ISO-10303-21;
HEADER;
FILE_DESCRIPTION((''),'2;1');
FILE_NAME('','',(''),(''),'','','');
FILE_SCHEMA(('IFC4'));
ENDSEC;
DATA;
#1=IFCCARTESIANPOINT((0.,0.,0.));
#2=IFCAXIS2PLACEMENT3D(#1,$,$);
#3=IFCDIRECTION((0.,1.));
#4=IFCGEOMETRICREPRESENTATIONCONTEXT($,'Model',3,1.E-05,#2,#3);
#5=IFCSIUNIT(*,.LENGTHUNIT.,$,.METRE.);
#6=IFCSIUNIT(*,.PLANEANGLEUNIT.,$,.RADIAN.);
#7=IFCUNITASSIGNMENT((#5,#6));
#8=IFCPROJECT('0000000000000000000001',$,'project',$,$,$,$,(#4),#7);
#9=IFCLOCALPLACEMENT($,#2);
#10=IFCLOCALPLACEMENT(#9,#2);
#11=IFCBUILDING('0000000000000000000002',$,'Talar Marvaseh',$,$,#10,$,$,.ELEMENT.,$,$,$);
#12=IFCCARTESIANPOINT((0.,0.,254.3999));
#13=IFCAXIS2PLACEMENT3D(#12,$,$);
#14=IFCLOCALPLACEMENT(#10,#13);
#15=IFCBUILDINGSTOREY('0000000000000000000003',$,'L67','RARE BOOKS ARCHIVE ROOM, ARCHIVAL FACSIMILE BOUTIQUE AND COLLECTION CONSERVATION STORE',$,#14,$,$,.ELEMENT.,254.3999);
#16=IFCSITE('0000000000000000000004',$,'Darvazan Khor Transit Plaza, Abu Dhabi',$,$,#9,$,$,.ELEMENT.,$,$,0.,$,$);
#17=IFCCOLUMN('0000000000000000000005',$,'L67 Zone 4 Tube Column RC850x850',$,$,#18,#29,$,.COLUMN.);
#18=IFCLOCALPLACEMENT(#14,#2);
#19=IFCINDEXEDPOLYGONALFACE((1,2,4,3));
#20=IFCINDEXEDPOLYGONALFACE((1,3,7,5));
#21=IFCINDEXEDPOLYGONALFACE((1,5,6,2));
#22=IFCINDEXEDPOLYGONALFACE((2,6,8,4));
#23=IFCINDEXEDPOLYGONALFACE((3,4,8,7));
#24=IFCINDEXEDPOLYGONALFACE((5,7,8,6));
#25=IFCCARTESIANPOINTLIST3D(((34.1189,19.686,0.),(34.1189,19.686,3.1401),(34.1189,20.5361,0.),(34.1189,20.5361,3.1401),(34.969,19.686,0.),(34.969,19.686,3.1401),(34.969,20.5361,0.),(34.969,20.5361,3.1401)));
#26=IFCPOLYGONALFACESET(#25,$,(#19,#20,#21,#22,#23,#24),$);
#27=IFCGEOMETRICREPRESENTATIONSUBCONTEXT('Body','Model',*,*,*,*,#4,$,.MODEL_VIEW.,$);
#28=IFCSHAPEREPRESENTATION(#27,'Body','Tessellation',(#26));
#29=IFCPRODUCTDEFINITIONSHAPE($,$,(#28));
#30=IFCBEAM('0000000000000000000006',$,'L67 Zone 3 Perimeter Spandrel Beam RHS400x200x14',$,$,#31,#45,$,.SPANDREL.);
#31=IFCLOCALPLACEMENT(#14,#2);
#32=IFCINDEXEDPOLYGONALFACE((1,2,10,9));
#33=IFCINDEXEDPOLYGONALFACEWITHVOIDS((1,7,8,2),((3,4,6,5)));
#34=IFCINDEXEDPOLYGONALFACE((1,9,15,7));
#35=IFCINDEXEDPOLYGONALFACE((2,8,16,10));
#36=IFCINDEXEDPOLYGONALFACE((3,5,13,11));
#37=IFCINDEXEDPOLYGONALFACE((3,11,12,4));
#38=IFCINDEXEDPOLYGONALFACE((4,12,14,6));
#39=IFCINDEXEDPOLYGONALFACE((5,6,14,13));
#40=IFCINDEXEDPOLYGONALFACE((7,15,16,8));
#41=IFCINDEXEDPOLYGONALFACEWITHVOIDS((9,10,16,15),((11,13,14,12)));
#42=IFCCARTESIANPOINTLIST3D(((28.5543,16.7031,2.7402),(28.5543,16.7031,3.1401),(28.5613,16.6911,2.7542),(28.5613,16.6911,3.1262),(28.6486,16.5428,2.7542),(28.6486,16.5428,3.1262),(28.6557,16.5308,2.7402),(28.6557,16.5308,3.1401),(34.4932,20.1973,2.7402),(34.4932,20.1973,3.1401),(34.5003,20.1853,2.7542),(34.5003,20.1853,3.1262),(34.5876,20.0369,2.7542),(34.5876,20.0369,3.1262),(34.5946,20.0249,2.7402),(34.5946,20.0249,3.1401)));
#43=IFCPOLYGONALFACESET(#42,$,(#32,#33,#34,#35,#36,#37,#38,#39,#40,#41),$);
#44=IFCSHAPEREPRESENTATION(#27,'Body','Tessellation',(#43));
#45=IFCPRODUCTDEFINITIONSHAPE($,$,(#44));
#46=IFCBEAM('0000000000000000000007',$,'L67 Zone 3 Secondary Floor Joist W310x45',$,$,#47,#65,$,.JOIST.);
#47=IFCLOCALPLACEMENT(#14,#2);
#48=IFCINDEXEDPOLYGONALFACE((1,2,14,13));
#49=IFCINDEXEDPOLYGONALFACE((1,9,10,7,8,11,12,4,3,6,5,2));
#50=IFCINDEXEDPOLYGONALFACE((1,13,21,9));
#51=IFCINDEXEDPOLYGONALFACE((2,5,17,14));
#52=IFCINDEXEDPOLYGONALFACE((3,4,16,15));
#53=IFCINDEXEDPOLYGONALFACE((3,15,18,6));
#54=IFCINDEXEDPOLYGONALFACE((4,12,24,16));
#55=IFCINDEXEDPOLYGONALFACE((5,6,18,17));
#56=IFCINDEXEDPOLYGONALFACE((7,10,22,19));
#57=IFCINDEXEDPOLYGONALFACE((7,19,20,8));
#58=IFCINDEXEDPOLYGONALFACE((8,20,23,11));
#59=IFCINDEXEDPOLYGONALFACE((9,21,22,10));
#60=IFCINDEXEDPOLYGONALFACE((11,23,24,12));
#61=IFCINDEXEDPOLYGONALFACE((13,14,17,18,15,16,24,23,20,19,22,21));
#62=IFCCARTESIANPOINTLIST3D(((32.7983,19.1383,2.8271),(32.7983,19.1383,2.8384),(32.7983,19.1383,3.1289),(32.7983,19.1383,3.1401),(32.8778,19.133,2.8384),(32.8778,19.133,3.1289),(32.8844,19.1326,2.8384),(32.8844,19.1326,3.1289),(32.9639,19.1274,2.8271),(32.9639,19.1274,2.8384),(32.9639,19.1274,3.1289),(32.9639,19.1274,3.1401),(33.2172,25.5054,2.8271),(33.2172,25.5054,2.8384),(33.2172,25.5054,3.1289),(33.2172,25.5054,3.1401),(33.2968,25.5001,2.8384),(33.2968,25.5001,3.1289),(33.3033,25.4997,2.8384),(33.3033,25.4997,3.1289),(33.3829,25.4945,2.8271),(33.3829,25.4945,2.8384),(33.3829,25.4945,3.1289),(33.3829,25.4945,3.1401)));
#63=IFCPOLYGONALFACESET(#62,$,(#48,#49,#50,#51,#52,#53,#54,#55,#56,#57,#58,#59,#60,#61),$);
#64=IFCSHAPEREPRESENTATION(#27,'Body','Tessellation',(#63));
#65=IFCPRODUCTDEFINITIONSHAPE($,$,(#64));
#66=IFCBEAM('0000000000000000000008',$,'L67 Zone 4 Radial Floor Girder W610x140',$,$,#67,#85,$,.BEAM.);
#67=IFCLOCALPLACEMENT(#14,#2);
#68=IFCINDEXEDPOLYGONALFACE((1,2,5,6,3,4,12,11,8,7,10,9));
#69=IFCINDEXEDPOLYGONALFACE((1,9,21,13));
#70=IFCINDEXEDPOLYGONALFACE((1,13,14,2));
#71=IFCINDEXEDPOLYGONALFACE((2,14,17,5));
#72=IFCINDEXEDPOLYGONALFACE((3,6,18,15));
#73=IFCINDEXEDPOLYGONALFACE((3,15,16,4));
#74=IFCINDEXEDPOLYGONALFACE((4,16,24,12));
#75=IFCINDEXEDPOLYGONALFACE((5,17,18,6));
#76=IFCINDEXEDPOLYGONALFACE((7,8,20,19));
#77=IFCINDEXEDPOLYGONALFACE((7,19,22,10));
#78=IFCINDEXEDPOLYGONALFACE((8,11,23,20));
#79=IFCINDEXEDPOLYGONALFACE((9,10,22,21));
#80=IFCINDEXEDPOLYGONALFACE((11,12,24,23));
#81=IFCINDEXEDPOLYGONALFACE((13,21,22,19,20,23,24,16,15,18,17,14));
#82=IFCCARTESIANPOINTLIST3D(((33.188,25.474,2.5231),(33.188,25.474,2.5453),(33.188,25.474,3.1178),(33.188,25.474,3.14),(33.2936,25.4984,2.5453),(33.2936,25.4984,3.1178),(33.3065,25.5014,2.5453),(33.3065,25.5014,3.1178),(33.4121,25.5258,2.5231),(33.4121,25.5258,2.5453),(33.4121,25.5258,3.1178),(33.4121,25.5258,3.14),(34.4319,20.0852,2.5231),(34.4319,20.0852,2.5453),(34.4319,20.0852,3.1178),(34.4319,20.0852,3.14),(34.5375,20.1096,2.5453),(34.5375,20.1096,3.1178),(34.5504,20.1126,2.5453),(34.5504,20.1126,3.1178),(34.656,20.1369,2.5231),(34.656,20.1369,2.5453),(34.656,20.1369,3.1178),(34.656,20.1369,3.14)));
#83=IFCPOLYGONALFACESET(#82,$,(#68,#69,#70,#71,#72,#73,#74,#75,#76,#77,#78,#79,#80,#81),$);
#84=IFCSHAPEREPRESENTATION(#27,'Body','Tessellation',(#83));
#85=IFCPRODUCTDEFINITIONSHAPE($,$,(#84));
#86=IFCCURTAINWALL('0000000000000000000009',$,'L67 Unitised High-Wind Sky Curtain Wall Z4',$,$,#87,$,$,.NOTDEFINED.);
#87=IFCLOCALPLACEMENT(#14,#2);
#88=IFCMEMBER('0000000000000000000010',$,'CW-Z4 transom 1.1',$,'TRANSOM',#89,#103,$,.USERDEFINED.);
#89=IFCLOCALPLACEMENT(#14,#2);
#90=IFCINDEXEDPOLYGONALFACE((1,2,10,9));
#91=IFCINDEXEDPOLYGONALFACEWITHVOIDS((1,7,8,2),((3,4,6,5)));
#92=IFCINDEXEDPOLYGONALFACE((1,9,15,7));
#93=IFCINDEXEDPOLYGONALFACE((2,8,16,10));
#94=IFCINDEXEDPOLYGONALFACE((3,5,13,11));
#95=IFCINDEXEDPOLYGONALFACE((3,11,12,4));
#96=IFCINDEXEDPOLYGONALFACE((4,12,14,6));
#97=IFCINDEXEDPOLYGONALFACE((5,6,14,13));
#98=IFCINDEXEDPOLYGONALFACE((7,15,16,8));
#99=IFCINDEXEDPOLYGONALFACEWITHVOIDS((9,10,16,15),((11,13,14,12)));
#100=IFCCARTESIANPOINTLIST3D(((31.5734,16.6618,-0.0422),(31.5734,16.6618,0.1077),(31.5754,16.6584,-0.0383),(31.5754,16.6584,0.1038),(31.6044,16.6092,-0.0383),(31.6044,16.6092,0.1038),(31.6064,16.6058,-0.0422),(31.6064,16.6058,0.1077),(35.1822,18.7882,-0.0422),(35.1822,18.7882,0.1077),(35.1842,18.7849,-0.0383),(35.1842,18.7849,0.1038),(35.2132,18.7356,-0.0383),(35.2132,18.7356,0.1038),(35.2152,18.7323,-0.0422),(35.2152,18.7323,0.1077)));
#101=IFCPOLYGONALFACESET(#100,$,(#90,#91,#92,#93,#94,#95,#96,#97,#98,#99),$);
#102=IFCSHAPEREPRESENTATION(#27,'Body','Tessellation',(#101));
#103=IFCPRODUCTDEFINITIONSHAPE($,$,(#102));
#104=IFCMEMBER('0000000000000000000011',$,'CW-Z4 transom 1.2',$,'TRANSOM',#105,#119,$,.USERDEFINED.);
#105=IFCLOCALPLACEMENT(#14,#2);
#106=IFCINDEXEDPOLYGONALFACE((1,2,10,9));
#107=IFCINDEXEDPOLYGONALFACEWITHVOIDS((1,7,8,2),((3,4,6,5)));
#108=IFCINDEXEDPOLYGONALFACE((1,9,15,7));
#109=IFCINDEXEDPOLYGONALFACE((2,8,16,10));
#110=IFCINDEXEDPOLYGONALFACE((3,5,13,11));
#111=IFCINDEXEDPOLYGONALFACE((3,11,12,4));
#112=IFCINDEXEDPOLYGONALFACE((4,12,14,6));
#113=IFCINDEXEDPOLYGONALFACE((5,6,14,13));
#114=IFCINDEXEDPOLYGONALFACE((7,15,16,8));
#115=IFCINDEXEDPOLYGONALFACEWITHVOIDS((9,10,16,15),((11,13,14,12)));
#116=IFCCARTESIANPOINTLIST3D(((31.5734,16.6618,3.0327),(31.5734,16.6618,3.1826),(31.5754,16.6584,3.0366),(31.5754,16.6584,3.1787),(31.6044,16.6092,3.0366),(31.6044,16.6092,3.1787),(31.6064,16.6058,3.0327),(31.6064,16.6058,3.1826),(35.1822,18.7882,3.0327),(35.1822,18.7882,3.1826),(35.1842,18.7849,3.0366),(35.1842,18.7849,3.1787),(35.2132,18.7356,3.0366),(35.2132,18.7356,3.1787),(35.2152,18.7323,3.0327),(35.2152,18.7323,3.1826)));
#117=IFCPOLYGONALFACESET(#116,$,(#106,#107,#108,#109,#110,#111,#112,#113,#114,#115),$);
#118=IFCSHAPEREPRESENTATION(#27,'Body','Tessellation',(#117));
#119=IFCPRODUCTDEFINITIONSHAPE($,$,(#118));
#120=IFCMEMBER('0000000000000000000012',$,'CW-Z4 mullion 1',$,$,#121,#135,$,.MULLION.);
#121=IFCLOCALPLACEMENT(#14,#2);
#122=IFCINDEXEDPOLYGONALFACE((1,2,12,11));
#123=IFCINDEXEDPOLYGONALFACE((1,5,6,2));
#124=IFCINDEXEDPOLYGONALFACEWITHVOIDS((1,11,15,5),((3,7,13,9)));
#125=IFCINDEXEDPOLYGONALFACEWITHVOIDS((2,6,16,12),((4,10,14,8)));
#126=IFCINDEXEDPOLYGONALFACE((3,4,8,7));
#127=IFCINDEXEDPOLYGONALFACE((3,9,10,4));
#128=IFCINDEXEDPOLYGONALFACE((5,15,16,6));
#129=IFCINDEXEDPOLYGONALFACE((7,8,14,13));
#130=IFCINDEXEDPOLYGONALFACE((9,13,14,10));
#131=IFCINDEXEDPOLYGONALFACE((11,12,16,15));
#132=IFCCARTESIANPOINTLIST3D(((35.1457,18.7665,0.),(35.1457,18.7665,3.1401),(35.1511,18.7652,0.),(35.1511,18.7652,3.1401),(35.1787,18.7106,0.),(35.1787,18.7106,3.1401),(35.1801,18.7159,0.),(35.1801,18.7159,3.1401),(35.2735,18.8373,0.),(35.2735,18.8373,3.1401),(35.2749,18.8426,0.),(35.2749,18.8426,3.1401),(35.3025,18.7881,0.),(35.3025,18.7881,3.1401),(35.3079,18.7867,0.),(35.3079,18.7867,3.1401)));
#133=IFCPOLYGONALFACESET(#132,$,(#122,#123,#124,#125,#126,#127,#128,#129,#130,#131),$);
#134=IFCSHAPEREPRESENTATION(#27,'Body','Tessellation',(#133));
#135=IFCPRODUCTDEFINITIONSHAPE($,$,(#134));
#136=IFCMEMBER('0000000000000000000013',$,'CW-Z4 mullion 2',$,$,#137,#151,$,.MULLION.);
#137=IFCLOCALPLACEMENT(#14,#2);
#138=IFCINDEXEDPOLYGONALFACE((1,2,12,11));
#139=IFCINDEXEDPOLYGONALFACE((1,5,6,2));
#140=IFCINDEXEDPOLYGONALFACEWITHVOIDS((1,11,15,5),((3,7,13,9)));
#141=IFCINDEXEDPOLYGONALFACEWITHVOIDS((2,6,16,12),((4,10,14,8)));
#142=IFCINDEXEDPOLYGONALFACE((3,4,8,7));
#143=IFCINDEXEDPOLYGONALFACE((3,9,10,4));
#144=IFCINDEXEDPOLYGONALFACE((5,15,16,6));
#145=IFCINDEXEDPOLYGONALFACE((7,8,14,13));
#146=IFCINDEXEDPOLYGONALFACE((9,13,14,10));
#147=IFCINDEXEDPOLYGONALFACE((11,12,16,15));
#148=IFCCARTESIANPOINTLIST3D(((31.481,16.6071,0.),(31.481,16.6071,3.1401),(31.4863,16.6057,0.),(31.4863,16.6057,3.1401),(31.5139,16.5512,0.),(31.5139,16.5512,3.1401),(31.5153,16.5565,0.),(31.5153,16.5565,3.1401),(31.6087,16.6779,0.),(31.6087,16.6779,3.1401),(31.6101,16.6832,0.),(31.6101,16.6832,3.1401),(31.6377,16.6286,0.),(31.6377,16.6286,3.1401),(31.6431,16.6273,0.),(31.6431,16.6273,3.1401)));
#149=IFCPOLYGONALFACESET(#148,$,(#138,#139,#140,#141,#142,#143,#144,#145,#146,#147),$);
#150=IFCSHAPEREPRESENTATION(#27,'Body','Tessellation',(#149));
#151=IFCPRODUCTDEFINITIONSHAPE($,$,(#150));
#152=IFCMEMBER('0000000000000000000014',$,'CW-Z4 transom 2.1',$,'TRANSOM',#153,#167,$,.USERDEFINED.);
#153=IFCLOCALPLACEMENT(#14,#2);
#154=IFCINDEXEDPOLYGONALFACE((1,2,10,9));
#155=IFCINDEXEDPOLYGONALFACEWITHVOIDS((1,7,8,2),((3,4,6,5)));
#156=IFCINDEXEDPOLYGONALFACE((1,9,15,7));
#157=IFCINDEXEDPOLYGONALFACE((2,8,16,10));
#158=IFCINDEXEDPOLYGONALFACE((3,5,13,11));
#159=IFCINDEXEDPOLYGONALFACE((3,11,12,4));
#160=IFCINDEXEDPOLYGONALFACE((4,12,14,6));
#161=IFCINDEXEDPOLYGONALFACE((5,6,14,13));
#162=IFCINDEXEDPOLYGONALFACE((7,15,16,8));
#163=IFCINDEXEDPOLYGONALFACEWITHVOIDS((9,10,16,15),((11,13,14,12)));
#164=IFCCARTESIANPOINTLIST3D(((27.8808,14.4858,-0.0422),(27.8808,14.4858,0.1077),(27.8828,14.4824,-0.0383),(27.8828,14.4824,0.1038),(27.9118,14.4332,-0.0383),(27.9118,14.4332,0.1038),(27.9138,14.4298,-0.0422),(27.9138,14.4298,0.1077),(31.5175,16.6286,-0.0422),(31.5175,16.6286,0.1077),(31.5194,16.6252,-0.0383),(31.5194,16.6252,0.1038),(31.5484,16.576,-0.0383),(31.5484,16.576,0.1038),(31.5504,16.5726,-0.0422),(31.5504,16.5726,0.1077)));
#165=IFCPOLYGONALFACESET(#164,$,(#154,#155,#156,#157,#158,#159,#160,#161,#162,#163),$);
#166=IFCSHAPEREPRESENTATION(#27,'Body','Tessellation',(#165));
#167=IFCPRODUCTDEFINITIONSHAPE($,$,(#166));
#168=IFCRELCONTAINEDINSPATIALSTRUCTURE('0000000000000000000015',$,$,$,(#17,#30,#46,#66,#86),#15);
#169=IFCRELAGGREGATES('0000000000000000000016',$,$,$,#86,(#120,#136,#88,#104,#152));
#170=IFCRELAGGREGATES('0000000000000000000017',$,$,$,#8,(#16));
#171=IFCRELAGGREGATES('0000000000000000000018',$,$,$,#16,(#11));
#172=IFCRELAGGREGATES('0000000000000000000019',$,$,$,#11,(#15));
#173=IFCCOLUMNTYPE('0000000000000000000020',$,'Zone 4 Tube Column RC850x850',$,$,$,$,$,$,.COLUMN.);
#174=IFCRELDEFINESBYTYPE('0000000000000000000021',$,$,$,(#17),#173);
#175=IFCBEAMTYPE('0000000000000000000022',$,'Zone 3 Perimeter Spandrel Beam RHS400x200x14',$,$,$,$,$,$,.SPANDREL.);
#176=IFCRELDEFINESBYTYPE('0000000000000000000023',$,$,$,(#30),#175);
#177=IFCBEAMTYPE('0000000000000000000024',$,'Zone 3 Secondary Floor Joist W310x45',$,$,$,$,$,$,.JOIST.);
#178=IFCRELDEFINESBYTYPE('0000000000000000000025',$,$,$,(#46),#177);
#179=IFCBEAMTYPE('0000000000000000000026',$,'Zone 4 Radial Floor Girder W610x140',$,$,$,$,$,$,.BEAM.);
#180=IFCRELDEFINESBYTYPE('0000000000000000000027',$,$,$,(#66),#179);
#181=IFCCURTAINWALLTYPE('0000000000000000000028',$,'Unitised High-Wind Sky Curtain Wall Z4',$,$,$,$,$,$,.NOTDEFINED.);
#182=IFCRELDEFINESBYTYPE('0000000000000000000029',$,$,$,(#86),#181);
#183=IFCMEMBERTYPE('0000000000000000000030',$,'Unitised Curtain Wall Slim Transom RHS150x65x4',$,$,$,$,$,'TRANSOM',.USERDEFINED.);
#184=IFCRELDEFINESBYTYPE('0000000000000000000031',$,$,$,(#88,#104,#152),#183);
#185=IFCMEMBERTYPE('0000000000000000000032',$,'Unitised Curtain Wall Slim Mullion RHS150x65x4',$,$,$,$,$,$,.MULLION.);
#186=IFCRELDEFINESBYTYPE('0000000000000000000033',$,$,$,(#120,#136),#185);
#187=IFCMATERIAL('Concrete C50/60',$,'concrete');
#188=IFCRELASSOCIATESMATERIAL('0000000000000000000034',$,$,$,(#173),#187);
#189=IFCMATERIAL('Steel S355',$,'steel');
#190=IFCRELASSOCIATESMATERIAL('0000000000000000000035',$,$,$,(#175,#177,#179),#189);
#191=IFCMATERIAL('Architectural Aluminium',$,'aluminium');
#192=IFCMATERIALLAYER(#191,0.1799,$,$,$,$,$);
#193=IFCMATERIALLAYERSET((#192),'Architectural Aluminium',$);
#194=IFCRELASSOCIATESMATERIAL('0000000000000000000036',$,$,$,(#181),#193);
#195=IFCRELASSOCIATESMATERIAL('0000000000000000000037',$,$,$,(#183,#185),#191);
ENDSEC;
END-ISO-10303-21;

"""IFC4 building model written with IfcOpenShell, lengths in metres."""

from ifc_helpers import new_model, si_unit, direction, frame, origin, origin_2d, place, context, subcontext, project, spatial, rectangle, hollow_rectangle, i_section, extrude, source, transform, mapped, material, layer, layer_set, material_profile, profile_set, type_object, type_shapes, element, aggregate, save


model = new_model("IFC4")

# Units and contexts
model_context = context("Model", 3, precision=1e-05, world=origin(), true_north=direction((0.0, 1.0)))
body_context = subcontext(model_context, "Body", "Model", "MODEL_VIEW")
ifc_project = project(units=[si_unit("LENGTHUNIT", "METRE"), si_unit("PLANEANGLEUNIT", "RADIAN")], contexts=[model_context])

# Site, building, storey
site_placement = place(None, origin())
site = spatial("IfcSite", under=ifc_project, at=site_placement, Name="Darvazan Khor Transit Plaza, Abu Dhabi", CompositionType="ELEMENT", RefElevation=0.0)
building_placement = place(site_placement, origin())
building = spatial("IfcBuilding", under=site, at=building_placement, Name="Talar Marvaseh", CompositionType="ELEMENT")
storey_placement = place(building_placement, frame((0.0, 0.0, 254.3999)))
storey = spatial("IfcBuildingStorey", under=building, at=storey_placement, Name="L67", Description="RARE BOOKS ARCHIVE ROOM, ARCHIVAL FACSIMILE BOUTIQUE AND COLLECTION CONSERVATION STORE", CompositionType="ELEMENT", Elevation=254.3999)

# Column
ifc_material_1 = material(Name="Concrete C50/60", Category="concrete")
ifc_material_profile_1 = material_profile(ifc_material_1, rectangle(XDim=0.8501, YDim=0.8501, at=origin_2d()), Name="RC850x850")
ifc_profile_set_1 = profile_set([ifc_material_profile_1], Name="Concrete C50/60")
column_type = type_object("IfcColumnType", Name="Zone 4 Tube Column RC850x850", PredefinedType="COLUMN", material=ifc_profile_set_1)
column_placement = place(storey_placement, frame((34.5439, 20.1111, 0.0), z_axis=(0.0, 0.0, 1.0), x_axis=(1.0, 0.0, 0.0)))
element("IfcColumn", 1, at=column_placement, inside=storey, type_object=column_type, Name="L67 Zone 4 Tube Column RC850x850", PredefinedType="COLUMN", context=body_context, shape_type="SweptSolid", body=[
    extrude(rectangle(XDim=0.8501, YDim=0.8501, at=origin_2d()), origin(), (0.0, 0.0, 1.0), 3.1401),
])

# Beams
ifc_material_2 = material(Name="Steel S355", Category="steel")
ifc_material_profile_2 = material_profile(ifc_material_2, hollow_rectangle(XDim=0.2, YDim=0.3999, WallThickness=0.0139, at=origin_2d()), Name="RHS400x200x14")
ifc_profile_set_2 = profile_set([ifc_material_profile_2], Name="Steel S355")
beam_type_1 = type_object("IfcBeamType", Name="Zone 3 Perimeter Spandrel Beam RHS400x200x14", PredefinedType="SPANDREL", material=ifc_profile_set_2)
beam_1_placement = place(storey_placement, frame((34.5439, 20.1111, 2.9402), z_axis=(-0.861894, -0.507088, 0.0), x_axis=(0.507088, -0.861894, 0.0)))
element("IfcBeam", 2, at=beam_1_placement, inside=storey, type_object=beam_type_1, Name="L67 Zone 3 Perimeter Spandrel Beam RHS400x200x14", PredefinedType="SPANDREL", context=body_context, shape_type="SweptSolid", body=[
    extrude(hollow_rectangle(XDim=0.2, YDim=0.3999, WallThickness=0.0139, at=origin_2d()), origin(), (0.0, 0.0, 1.0), 6.8906),
])
ifc_material_profile_3 = material_profile(ifc_material_2, i_section(OverallWidth=0.166, OverallDepth=0.313, WebThickness=0.0066, FlangeThickness=0.0112, at=origin_2d()), Name="W310x45")
ifc_profile_set_3 = profile_set([ifc_material_profile_3], Name="Steel S355")
beam_type_2 = type_object("IfcBeamType", Name="Zone 3 Secondary Floor Joist W310x45", PredefinedType="JOIST", material=ifc_profile_set_3)
beam_2_placement = place(storey_placement, frame((32.8811, 19.1328, 2.9836), z_axis=(0.065656, 0.997842, 0.0), x_axis=(-0.997842, 0.065656, 0.0)))
element("IfcBeam", 3, at=beam_2_placement, inside=storey, type_object=beam_type_2, Name="L67 Zone 3 Secondary Floor Joist W310x45", PredefinedType="JOIST", context=body_context, shape_type="SweptSolid", body=[
    extrude(i_section(OverallWidth=0.166, OverallDepth=0.313, WebThickness=0.0066, FlangeThickness=0.0112, at=origin_2d()), origin(), (0.0, 0.0, 1.0), 6.3809),
])
ifc_material_profile_4 = material_profile(ifc_material_2, i_section(OverallWidth=0.23, OverallDepth=0.6169, WebThickness=0.0132, FlangeThickness=0.0222, at=origin_2d()), Name="W610x140")
ifc_profile_set_4 = profile_set([ifc_material_profile_4], Name="Steel S355")
beam_type_3 = type_object("IfcBeamType", Name="Zone 4 Radial Floor Girder W610x140", PredefinedType="BEAM", material=ifc_profile_set_4)
beam_3_placement = place(storey_placement, frame((34.5439, 20.1111, 2.8315), z_axis=(-0.224911, 0.974379, 0.0), x_axis=(-0.974379, -0.224911, 0.0)))
element("IfcBeam", 4, at=beam_3_placement, inside=storey, type_object=beam_type_3, Name="L67 Zone 4 Radial Floor Girder W610x140", PredefinedType="BEAM", context=body_context, shape_type="SweptSolid", body=[
    extrude(i_section(OverallWidth=0.23, OverallDepth=0.6169, WebThickness=0.0132, FlangeThickness=0.0222, at=origin_2d()), origin(), (0.0, 0.0, 1.0), 5.5305),
])

# Curtain wall, members
ifc_material_3 = material(Name="Architectural Aluminium", Category="aluminium")
ifc_layer_1 = layer(ifc_material_3, 0.1799)
ifc_layer_set_1 = layer_set([ifc_layer_1], Name="Architectural Aluminium")
curtain_wall_type = type_object("IfcCurtainWallType", Name="Unitised High-Wind Sky Curtain Wall Z4", PredefinedType="NOTDEFINED", material=ifc_layer_set_1)
curtain_wall_placement = place(storey_placement, origin())
curtain_wall = element("IfcCurtainWall", 5, at=curtain_wall_placement, inside=storey, type_object=curtain_wall_type, Name="L67 Unitised High-Wind Sky Curtain Wall Z4", PredefinedType="NOTDEFINED")
ifc_material_profile_5 = material_profile(ifc_material_3, hollow_rectangle(XDim=0.0649, YDim=0.1499, WallThickness=0.0039, at=origin_2d()), Name="RHS150x65x4")
ifc_profile_set_5 = profile_set([ifc_material_profile_5], Name="Architectural Aluminium")
member_type_1 = type_object("IfcMemberType", Name="Unitised Curtain Wall Slim Transom RHS150x65x4", ElementType="TRANSOM", PredefinedType="USERDEFINED", material=ifc_profile_set_5)
shared_shape_1 = source(origin(), body_context, "Body", "SweptSolid", [
    extrude(hollow_rectangle(XDim=0.0649, YDim=0.1499, WallThickness=0.0039, at=origin_2d()), origin(), (0.0, 0.0, 1.0), 4.1887),
])
member_1_placement = place(storey_placement, frame((35.1987, 18.7603, 0.0327), z_axis=(-0.861559, -0.507657, 0.0), x_axis=(0.507657, -0.861559, 0.0)))
member_1 = element("IfcMember", 6, at=member_1_placement, type_object=member_type_1, Name="CW-Z4 transom 1.1", ObjectType="TRANSOM", PredefinedType="USERDEFINED", context=body_context, shape_type="MappedRepresentation", body=[
    mapped(shared_shape_1, transform((0.0, 0.0, 0.0), x_axis=(1.0, 0.0, 0.0), y_axis=(0.0, 1.0, 0.0), z_axis=(0.0, 0.0, 1.0), scale=1.0)),
])
member_2_placement = place(storey_placement, frame((35.1987, 18.7603, 3.1077), z_axis=(-0.861559, -0.507657, 0.0), x_axis=(0.507657, -0.861559, 0.0)))
member_2 = element("IfcMember", 7, at=member_2_placement, type_object=member_type_1, Name="CW-Z4 transom 1.2", ObjectType="TRANSOM", PredefinedType="USERDEFINED", context=body_context, shape_type="MappedRepresentation", body=[
    mapped(shared_shape_1, transform((0.0, 0.0, 0.0), x_axis=(1.0, 0.0, 0.0), y_axis=(0.0, 1.0, 0.0), z_axis=(0.0, 0.0, 1.0), scale=1.0)),
])
ifc_material_profile_6 = material_profile(ifc_material_3, hollow_rectangle(XDim=0.0649, YDim=0.1499, WallThickness=0.0039, at=origin_2d()), Name="RHS150x65x4")
ifc_profile_set_6 = profile_set([ifc_material_profile_6], Name="Architectural Aluminium")
member_type_2 = type_object("IfcMemberType", Name="Unitised Curtain Wall Slim Mullion RHS150x65x4", PredefinedType="MULLION", material=ifc_profile_set_6)
shared_shape_2 = source(origin(), body_context, "Body", "SweptSolid", [
    extrude(hollow_rectangle(XDim=0.0649, YDim=0.1499, WallThickness=0.0039, at=origin_2d()), origin(), (0.0, 0.0, 1.0), 3.1401),
])
type_shapes(member_type_2, [shared_shape_2])
member_3_placement = place(storey_placement, frame((35.2268, 18.7766, 0.0), z_axis=(0.0, 0.0, 1.0), x_axis=(0.507672, -0.861551, 0.0)))
member_3 = element("IfcMember", 8, at=member_3_placement, type_object=member_type_2, Name="CW-Z4 mullion 1", PredefinedType="MULLION", context=body_context, shape_type="MappedRepresentation", body=[
    mapped(shared_shape_2, transform((0.0, 0.0, 0.0), x_axis=(1.0, 0.0, 0.0), y_axis=(0.0, 1.0, 0.0), z_axis=(0.0, 0.0, 1.0), scale=1.0)),
])
member_4_placement = place(storey_placement, frame((31.562, 16.6172, 0.0), z_axis=(0.0, 0.0, 1.0), x_axis=(0.507672, -0.861551, 0.0)))
member_4 = element("IfcMember", 9, at=member_4_placement, type_object=member_type_2, Name="CW-Z4 mullion 2", PredefinedType="MULLION", context=body_context, shape_type="MappedRepresentation", body=[
    mapped(shared_shape_2, transform((0.0, 0.0, 0.0), x_axis=(1.0, 0.0, 0.0), y_axis=(0.0, 1.0, 0.0), z_axis=(0.0, 0.0, 1.0), scale=1.0)),
])
shared_shape_3 = source(origin(), body_context, "Body", "SweptSolid", [
    extrude(hollow_rectangle(XDim=0.0649, YDim=0.1499, WallThickness=0.0039, at=origin_2d()), origin(), (0.0, 0.0, 1.0), 4.2209),
])
type_shapes(member_type_1, [shared_shape_1, shared_shape_3])
member_5_placement = place(storey_placement, frame((31.5339, 16.6006, 0.0327), z_axis=(-0.861564, -0.507649, 0.0), x_axis=(0.507649, -0.861564, 0.0)))
member_5 = element("IfcMember", 10, at=member_5_placement, type_object=member_type_1, Name="CW-Z4 transom 2.1", ObjectType="TRANSOM", PredefinedType="USERDEFINED", context=body_context, shape_type="MappedRepresentation", body=[
    mapped(shared_shape_3, transform((0.0, 0.0, 0.0), x_axis=(1.0, 0.0, 0.0), y_axis=(0.0, 1.0, 0.0), z_axis=(0.0, 0.0, 1.0), scale=1.0)),
])
aggregate(curtain_wall, [member_3, member_4, member_1, member_2, member_5])

save(model, "model.ifc")
